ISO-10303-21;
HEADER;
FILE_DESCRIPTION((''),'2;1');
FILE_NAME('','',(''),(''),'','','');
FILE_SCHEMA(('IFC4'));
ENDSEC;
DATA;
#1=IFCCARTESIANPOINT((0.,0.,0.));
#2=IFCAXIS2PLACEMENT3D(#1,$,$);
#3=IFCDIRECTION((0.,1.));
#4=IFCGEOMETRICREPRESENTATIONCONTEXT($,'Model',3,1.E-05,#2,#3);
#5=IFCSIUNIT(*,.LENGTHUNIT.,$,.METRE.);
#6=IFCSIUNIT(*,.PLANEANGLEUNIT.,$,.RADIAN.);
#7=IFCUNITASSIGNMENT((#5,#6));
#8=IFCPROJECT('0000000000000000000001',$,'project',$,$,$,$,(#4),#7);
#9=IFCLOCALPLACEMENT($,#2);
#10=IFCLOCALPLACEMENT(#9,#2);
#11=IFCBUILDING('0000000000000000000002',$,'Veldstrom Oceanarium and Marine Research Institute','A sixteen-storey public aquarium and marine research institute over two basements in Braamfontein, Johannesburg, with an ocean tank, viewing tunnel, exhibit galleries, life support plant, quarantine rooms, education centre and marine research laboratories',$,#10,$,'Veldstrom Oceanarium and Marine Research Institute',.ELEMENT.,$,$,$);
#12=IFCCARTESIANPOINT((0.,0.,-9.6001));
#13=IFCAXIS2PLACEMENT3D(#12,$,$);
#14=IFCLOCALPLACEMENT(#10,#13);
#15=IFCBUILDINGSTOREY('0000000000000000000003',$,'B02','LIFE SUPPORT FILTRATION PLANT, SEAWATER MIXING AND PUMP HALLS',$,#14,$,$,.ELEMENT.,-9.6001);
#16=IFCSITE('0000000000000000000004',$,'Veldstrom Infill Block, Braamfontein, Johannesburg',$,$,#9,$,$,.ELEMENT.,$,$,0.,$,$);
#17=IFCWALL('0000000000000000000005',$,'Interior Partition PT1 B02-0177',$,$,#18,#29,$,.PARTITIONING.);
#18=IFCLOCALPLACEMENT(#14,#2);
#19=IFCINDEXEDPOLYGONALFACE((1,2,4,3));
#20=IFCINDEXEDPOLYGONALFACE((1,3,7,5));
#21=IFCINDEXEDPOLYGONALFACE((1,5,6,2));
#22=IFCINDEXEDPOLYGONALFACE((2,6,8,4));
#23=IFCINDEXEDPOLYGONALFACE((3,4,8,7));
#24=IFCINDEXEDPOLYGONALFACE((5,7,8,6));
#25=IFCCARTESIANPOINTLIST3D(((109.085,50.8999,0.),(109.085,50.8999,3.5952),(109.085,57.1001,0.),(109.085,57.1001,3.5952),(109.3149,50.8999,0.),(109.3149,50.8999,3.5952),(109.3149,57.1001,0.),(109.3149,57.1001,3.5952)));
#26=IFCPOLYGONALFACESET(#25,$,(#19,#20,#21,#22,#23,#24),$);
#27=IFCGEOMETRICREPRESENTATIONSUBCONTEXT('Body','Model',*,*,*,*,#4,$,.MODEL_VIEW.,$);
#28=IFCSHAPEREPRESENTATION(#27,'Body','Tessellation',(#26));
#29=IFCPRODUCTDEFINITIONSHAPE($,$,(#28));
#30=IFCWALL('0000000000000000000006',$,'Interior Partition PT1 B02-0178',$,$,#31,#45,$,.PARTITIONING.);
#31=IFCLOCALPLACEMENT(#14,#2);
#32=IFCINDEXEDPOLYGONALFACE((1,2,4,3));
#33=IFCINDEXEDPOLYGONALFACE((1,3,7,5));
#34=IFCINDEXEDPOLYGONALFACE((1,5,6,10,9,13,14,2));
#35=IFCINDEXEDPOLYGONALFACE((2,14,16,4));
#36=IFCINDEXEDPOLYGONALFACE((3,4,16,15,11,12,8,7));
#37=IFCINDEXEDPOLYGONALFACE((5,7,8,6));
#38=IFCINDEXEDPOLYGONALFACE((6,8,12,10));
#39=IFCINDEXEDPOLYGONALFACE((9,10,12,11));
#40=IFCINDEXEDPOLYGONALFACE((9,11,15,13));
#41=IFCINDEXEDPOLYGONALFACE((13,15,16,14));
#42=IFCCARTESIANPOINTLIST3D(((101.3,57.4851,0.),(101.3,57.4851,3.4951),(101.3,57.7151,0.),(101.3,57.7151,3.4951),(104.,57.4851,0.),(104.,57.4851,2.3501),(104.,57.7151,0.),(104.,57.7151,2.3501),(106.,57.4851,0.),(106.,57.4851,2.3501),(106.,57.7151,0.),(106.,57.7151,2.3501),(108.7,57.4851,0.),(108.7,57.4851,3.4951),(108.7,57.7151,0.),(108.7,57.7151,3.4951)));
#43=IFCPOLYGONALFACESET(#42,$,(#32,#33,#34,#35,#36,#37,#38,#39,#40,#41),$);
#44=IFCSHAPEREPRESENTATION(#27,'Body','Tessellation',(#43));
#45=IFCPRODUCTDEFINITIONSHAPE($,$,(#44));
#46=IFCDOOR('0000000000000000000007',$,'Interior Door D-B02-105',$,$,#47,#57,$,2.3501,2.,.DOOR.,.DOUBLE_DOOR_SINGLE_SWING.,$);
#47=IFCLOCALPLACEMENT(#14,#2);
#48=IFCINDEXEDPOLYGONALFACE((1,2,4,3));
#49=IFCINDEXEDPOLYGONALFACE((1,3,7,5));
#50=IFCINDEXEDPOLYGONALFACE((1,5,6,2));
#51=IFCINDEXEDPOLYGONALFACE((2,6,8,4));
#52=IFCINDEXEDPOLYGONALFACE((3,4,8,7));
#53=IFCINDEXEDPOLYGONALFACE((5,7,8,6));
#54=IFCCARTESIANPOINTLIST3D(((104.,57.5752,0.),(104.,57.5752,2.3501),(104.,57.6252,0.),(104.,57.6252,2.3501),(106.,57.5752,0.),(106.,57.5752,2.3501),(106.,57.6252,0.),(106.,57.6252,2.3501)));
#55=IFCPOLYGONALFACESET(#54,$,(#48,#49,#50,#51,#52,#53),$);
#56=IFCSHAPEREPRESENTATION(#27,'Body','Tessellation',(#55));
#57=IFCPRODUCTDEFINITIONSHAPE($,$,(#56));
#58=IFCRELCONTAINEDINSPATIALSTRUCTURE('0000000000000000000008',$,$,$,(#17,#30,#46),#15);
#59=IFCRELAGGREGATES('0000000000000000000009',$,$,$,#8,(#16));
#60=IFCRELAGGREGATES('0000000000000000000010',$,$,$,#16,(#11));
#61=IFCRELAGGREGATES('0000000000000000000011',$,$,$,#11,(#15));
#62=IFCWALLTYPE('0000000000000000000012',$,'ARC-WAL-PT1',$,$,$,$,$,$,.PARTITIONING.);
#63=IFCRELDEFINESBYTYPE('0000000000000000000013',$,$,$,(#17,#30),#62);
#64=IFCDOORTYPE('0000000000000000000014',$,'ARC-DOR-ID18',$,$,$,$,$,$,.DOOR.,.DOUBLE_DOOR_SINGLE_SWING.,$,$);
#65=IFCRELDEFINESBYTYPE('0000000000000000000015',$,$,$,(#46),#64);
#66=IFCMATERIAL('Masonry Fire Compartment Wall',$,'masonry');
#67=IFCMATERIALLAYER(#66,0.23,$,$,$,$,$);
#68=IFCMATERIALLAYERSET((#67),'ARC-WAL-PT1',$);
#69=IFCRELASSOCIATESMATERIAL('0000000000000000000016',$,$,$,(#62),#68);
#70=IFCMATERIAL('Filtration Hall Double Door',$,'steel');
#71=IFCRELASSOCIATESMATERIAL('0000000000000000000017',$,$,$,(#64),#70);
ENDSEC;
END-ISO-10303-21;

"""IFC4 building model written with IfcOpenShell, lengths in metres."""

from ifc_helpers import new_model, si_unit, direction, frame, frame_2d, origin, place, context, subcontext, project, spatial, rectangle, extrude, material, layer, layer_set, type_object, element, fill, save


model = new_model("IFC4")

# Units and contexts
model_context = context("Model", 3, precision=1e-05, world=origin(), true_north=direction((0.0, 1.0)))
body_context = subcontext(model_context, "Body", "Model", "MODEL_VIEW")
ifc_project = project(units=[si_unit("LENGTHUNIT", "METRE"), si_unit("PLANEANGLEUNIT", "RADIAN")], contexts=[model_context])

# Site, building, storey
site_placement = place(None, origin())
site = spatial("IfcSite", under=ifc_project, at=site_placement, Name="Veldstrom Infill Block, Braamfontein, Johannesburg", CompositionType="ELEMENT", RefElevation=0.0)
building_placement = place(site_placement, origin())
building = spatial("IfcBuilding", under=site, at=building_placement, Name="Veldstrom Oceanarium and Marine Research Institute", Description="A sixteen-storey public aquarium and marine research institute over two basements in Braamfontein, Johannesburg, with an ocean tank, viewing tunnel, exhibit galleries, life support plant, quarantine rooms, education centre and marine research laboratories", LongName="Veldstrom Oceanarium and Marine Research Institute", CompositionType="ELEMENT")
storey_placement = place(building_placement, frame((0.0, 0.0, -9.6001)))
storey = spatial("IfcBuildingStorey", under=building, at=storey_placement, Name="B02", Description="LIFE SUPPORT FILTRATION PLANT, SEAWATER MIXING AND PUMP HALLS", CompositionType="ELEMENT", Elevation=-9.6001)

# Wall
ifc_material_1 = material(Name="Masonry Fire Compartment Wall", Category="masonry")
ifc_layer = layer(ifc_material_1, 0.23)
ifc_layer_set = layer_set([ifc_layer], Name="ARC-WAL-PT1")
wall_type = type_object("IfcWallType", Name="ARC-WAL-PT1", PredefinedType="PARTITIONING", material=ifc_layer_set)
wall_1_placement = place(storey_placement, frame((109.2, 50.8999, 0.0), z_axis=(0.0, 0.0, 1.0), x_axis=(0.0, 1.0, 0.0)))
element("IfcWall", 1, at=wall_1_placement, inside=storey, type_object=wall_type, Name="Interior Partition PT1 B02-0177", PredefinedType="PARTITIONING", context=body_context, shape_type="SweptSolid", body=[
    extrude(rectangle(XDim=6.2002, YDim=0.23, at=frame_2d((3.1001, 0.0))), origin(), (0.0, 0.0, 1.0), 3.5952),
])

# Wall, opening, door
wall_2_placement = place(storey_placement, frame((101.3, 57.6001, 0.0), z_axis=(0.0, 0.0, 1.0), x_axis=(1.0, 0.0, 0.0)))
wall_2 = element("IfcWall", 2, at=wall_2_placement, inside=storey, type_object=wall_type, Name="Interior Partition PT1 B02-0178", PredefinedType="PARTITIONING", context=body_context, shape_type="SweptSolid", body=[
    extrude(rectangle(XDim=7.3999, YDim=0.23, at=frame_2d((3.7, 0.0))), origin(), (0.0, 0.0, 1.0), 3.4951),
])
opening_placement = place(wall_2_placement, frame((2.7, 0.0, 0.0)))
opening = element("IfcOpeningElement", 3, at=opening_placement, cuts=wall_2, PredefinedType="OPENING", context=body_context, shape_type="SweptSolid", body=[
    extrude(rectangle(XDim=2.0, YDim=2.3501, at=frame_2d((1.0, 1.175))), frame((0.0, 0.125, 0.0), z_axis=(0.0, -1.0, 0.0), x_axis=(1.0, 0.0, 0.0)), (0.0, 0.0, 1.0), 0.25),
])
ifc_material_2 = material(Name="Filtration Hall Double Door", Category="steel")
door_type = type_object("IfcDoorType", Name="ARC-DOR-ID18", OperationType="DOUBLE_DOOR_SINGLE_SWING", PredefinedType="DOOR", material=ifc_material_2)
door_placement = place(opening_placement, frame((2.0, 0.0, 0.0), z_axis=(0.0, 0.0, 1.0), x_axis=(-1.0, 0.0, 0.0)))
door = element("IfcDoor", 4, at=door_placement, inside=storey, type_object=door_type, Name="Interior Door D-B02-105", OperationType="DOUBLE_DOOR_SINGLE_SWING", OverallHeight=2.3501, OverallWidth=2.0, PredefinedType="DOOR", context=body_context, shape_type="SweptSolid", body=[
    extrude(rectangle(XDim=2.0, YDim=2.3501, at=frame_2d((1.0, 1.175))), frame((0.0, 0.0249, 0.0), z_axis=(0.0, -1.0, 0.0), x_axis=(1.0, 0.0, 0.0)), (0.0, 0.0, 1.0), 0.05),
])
fill(opening, door)

save(model, "model.ifc")
